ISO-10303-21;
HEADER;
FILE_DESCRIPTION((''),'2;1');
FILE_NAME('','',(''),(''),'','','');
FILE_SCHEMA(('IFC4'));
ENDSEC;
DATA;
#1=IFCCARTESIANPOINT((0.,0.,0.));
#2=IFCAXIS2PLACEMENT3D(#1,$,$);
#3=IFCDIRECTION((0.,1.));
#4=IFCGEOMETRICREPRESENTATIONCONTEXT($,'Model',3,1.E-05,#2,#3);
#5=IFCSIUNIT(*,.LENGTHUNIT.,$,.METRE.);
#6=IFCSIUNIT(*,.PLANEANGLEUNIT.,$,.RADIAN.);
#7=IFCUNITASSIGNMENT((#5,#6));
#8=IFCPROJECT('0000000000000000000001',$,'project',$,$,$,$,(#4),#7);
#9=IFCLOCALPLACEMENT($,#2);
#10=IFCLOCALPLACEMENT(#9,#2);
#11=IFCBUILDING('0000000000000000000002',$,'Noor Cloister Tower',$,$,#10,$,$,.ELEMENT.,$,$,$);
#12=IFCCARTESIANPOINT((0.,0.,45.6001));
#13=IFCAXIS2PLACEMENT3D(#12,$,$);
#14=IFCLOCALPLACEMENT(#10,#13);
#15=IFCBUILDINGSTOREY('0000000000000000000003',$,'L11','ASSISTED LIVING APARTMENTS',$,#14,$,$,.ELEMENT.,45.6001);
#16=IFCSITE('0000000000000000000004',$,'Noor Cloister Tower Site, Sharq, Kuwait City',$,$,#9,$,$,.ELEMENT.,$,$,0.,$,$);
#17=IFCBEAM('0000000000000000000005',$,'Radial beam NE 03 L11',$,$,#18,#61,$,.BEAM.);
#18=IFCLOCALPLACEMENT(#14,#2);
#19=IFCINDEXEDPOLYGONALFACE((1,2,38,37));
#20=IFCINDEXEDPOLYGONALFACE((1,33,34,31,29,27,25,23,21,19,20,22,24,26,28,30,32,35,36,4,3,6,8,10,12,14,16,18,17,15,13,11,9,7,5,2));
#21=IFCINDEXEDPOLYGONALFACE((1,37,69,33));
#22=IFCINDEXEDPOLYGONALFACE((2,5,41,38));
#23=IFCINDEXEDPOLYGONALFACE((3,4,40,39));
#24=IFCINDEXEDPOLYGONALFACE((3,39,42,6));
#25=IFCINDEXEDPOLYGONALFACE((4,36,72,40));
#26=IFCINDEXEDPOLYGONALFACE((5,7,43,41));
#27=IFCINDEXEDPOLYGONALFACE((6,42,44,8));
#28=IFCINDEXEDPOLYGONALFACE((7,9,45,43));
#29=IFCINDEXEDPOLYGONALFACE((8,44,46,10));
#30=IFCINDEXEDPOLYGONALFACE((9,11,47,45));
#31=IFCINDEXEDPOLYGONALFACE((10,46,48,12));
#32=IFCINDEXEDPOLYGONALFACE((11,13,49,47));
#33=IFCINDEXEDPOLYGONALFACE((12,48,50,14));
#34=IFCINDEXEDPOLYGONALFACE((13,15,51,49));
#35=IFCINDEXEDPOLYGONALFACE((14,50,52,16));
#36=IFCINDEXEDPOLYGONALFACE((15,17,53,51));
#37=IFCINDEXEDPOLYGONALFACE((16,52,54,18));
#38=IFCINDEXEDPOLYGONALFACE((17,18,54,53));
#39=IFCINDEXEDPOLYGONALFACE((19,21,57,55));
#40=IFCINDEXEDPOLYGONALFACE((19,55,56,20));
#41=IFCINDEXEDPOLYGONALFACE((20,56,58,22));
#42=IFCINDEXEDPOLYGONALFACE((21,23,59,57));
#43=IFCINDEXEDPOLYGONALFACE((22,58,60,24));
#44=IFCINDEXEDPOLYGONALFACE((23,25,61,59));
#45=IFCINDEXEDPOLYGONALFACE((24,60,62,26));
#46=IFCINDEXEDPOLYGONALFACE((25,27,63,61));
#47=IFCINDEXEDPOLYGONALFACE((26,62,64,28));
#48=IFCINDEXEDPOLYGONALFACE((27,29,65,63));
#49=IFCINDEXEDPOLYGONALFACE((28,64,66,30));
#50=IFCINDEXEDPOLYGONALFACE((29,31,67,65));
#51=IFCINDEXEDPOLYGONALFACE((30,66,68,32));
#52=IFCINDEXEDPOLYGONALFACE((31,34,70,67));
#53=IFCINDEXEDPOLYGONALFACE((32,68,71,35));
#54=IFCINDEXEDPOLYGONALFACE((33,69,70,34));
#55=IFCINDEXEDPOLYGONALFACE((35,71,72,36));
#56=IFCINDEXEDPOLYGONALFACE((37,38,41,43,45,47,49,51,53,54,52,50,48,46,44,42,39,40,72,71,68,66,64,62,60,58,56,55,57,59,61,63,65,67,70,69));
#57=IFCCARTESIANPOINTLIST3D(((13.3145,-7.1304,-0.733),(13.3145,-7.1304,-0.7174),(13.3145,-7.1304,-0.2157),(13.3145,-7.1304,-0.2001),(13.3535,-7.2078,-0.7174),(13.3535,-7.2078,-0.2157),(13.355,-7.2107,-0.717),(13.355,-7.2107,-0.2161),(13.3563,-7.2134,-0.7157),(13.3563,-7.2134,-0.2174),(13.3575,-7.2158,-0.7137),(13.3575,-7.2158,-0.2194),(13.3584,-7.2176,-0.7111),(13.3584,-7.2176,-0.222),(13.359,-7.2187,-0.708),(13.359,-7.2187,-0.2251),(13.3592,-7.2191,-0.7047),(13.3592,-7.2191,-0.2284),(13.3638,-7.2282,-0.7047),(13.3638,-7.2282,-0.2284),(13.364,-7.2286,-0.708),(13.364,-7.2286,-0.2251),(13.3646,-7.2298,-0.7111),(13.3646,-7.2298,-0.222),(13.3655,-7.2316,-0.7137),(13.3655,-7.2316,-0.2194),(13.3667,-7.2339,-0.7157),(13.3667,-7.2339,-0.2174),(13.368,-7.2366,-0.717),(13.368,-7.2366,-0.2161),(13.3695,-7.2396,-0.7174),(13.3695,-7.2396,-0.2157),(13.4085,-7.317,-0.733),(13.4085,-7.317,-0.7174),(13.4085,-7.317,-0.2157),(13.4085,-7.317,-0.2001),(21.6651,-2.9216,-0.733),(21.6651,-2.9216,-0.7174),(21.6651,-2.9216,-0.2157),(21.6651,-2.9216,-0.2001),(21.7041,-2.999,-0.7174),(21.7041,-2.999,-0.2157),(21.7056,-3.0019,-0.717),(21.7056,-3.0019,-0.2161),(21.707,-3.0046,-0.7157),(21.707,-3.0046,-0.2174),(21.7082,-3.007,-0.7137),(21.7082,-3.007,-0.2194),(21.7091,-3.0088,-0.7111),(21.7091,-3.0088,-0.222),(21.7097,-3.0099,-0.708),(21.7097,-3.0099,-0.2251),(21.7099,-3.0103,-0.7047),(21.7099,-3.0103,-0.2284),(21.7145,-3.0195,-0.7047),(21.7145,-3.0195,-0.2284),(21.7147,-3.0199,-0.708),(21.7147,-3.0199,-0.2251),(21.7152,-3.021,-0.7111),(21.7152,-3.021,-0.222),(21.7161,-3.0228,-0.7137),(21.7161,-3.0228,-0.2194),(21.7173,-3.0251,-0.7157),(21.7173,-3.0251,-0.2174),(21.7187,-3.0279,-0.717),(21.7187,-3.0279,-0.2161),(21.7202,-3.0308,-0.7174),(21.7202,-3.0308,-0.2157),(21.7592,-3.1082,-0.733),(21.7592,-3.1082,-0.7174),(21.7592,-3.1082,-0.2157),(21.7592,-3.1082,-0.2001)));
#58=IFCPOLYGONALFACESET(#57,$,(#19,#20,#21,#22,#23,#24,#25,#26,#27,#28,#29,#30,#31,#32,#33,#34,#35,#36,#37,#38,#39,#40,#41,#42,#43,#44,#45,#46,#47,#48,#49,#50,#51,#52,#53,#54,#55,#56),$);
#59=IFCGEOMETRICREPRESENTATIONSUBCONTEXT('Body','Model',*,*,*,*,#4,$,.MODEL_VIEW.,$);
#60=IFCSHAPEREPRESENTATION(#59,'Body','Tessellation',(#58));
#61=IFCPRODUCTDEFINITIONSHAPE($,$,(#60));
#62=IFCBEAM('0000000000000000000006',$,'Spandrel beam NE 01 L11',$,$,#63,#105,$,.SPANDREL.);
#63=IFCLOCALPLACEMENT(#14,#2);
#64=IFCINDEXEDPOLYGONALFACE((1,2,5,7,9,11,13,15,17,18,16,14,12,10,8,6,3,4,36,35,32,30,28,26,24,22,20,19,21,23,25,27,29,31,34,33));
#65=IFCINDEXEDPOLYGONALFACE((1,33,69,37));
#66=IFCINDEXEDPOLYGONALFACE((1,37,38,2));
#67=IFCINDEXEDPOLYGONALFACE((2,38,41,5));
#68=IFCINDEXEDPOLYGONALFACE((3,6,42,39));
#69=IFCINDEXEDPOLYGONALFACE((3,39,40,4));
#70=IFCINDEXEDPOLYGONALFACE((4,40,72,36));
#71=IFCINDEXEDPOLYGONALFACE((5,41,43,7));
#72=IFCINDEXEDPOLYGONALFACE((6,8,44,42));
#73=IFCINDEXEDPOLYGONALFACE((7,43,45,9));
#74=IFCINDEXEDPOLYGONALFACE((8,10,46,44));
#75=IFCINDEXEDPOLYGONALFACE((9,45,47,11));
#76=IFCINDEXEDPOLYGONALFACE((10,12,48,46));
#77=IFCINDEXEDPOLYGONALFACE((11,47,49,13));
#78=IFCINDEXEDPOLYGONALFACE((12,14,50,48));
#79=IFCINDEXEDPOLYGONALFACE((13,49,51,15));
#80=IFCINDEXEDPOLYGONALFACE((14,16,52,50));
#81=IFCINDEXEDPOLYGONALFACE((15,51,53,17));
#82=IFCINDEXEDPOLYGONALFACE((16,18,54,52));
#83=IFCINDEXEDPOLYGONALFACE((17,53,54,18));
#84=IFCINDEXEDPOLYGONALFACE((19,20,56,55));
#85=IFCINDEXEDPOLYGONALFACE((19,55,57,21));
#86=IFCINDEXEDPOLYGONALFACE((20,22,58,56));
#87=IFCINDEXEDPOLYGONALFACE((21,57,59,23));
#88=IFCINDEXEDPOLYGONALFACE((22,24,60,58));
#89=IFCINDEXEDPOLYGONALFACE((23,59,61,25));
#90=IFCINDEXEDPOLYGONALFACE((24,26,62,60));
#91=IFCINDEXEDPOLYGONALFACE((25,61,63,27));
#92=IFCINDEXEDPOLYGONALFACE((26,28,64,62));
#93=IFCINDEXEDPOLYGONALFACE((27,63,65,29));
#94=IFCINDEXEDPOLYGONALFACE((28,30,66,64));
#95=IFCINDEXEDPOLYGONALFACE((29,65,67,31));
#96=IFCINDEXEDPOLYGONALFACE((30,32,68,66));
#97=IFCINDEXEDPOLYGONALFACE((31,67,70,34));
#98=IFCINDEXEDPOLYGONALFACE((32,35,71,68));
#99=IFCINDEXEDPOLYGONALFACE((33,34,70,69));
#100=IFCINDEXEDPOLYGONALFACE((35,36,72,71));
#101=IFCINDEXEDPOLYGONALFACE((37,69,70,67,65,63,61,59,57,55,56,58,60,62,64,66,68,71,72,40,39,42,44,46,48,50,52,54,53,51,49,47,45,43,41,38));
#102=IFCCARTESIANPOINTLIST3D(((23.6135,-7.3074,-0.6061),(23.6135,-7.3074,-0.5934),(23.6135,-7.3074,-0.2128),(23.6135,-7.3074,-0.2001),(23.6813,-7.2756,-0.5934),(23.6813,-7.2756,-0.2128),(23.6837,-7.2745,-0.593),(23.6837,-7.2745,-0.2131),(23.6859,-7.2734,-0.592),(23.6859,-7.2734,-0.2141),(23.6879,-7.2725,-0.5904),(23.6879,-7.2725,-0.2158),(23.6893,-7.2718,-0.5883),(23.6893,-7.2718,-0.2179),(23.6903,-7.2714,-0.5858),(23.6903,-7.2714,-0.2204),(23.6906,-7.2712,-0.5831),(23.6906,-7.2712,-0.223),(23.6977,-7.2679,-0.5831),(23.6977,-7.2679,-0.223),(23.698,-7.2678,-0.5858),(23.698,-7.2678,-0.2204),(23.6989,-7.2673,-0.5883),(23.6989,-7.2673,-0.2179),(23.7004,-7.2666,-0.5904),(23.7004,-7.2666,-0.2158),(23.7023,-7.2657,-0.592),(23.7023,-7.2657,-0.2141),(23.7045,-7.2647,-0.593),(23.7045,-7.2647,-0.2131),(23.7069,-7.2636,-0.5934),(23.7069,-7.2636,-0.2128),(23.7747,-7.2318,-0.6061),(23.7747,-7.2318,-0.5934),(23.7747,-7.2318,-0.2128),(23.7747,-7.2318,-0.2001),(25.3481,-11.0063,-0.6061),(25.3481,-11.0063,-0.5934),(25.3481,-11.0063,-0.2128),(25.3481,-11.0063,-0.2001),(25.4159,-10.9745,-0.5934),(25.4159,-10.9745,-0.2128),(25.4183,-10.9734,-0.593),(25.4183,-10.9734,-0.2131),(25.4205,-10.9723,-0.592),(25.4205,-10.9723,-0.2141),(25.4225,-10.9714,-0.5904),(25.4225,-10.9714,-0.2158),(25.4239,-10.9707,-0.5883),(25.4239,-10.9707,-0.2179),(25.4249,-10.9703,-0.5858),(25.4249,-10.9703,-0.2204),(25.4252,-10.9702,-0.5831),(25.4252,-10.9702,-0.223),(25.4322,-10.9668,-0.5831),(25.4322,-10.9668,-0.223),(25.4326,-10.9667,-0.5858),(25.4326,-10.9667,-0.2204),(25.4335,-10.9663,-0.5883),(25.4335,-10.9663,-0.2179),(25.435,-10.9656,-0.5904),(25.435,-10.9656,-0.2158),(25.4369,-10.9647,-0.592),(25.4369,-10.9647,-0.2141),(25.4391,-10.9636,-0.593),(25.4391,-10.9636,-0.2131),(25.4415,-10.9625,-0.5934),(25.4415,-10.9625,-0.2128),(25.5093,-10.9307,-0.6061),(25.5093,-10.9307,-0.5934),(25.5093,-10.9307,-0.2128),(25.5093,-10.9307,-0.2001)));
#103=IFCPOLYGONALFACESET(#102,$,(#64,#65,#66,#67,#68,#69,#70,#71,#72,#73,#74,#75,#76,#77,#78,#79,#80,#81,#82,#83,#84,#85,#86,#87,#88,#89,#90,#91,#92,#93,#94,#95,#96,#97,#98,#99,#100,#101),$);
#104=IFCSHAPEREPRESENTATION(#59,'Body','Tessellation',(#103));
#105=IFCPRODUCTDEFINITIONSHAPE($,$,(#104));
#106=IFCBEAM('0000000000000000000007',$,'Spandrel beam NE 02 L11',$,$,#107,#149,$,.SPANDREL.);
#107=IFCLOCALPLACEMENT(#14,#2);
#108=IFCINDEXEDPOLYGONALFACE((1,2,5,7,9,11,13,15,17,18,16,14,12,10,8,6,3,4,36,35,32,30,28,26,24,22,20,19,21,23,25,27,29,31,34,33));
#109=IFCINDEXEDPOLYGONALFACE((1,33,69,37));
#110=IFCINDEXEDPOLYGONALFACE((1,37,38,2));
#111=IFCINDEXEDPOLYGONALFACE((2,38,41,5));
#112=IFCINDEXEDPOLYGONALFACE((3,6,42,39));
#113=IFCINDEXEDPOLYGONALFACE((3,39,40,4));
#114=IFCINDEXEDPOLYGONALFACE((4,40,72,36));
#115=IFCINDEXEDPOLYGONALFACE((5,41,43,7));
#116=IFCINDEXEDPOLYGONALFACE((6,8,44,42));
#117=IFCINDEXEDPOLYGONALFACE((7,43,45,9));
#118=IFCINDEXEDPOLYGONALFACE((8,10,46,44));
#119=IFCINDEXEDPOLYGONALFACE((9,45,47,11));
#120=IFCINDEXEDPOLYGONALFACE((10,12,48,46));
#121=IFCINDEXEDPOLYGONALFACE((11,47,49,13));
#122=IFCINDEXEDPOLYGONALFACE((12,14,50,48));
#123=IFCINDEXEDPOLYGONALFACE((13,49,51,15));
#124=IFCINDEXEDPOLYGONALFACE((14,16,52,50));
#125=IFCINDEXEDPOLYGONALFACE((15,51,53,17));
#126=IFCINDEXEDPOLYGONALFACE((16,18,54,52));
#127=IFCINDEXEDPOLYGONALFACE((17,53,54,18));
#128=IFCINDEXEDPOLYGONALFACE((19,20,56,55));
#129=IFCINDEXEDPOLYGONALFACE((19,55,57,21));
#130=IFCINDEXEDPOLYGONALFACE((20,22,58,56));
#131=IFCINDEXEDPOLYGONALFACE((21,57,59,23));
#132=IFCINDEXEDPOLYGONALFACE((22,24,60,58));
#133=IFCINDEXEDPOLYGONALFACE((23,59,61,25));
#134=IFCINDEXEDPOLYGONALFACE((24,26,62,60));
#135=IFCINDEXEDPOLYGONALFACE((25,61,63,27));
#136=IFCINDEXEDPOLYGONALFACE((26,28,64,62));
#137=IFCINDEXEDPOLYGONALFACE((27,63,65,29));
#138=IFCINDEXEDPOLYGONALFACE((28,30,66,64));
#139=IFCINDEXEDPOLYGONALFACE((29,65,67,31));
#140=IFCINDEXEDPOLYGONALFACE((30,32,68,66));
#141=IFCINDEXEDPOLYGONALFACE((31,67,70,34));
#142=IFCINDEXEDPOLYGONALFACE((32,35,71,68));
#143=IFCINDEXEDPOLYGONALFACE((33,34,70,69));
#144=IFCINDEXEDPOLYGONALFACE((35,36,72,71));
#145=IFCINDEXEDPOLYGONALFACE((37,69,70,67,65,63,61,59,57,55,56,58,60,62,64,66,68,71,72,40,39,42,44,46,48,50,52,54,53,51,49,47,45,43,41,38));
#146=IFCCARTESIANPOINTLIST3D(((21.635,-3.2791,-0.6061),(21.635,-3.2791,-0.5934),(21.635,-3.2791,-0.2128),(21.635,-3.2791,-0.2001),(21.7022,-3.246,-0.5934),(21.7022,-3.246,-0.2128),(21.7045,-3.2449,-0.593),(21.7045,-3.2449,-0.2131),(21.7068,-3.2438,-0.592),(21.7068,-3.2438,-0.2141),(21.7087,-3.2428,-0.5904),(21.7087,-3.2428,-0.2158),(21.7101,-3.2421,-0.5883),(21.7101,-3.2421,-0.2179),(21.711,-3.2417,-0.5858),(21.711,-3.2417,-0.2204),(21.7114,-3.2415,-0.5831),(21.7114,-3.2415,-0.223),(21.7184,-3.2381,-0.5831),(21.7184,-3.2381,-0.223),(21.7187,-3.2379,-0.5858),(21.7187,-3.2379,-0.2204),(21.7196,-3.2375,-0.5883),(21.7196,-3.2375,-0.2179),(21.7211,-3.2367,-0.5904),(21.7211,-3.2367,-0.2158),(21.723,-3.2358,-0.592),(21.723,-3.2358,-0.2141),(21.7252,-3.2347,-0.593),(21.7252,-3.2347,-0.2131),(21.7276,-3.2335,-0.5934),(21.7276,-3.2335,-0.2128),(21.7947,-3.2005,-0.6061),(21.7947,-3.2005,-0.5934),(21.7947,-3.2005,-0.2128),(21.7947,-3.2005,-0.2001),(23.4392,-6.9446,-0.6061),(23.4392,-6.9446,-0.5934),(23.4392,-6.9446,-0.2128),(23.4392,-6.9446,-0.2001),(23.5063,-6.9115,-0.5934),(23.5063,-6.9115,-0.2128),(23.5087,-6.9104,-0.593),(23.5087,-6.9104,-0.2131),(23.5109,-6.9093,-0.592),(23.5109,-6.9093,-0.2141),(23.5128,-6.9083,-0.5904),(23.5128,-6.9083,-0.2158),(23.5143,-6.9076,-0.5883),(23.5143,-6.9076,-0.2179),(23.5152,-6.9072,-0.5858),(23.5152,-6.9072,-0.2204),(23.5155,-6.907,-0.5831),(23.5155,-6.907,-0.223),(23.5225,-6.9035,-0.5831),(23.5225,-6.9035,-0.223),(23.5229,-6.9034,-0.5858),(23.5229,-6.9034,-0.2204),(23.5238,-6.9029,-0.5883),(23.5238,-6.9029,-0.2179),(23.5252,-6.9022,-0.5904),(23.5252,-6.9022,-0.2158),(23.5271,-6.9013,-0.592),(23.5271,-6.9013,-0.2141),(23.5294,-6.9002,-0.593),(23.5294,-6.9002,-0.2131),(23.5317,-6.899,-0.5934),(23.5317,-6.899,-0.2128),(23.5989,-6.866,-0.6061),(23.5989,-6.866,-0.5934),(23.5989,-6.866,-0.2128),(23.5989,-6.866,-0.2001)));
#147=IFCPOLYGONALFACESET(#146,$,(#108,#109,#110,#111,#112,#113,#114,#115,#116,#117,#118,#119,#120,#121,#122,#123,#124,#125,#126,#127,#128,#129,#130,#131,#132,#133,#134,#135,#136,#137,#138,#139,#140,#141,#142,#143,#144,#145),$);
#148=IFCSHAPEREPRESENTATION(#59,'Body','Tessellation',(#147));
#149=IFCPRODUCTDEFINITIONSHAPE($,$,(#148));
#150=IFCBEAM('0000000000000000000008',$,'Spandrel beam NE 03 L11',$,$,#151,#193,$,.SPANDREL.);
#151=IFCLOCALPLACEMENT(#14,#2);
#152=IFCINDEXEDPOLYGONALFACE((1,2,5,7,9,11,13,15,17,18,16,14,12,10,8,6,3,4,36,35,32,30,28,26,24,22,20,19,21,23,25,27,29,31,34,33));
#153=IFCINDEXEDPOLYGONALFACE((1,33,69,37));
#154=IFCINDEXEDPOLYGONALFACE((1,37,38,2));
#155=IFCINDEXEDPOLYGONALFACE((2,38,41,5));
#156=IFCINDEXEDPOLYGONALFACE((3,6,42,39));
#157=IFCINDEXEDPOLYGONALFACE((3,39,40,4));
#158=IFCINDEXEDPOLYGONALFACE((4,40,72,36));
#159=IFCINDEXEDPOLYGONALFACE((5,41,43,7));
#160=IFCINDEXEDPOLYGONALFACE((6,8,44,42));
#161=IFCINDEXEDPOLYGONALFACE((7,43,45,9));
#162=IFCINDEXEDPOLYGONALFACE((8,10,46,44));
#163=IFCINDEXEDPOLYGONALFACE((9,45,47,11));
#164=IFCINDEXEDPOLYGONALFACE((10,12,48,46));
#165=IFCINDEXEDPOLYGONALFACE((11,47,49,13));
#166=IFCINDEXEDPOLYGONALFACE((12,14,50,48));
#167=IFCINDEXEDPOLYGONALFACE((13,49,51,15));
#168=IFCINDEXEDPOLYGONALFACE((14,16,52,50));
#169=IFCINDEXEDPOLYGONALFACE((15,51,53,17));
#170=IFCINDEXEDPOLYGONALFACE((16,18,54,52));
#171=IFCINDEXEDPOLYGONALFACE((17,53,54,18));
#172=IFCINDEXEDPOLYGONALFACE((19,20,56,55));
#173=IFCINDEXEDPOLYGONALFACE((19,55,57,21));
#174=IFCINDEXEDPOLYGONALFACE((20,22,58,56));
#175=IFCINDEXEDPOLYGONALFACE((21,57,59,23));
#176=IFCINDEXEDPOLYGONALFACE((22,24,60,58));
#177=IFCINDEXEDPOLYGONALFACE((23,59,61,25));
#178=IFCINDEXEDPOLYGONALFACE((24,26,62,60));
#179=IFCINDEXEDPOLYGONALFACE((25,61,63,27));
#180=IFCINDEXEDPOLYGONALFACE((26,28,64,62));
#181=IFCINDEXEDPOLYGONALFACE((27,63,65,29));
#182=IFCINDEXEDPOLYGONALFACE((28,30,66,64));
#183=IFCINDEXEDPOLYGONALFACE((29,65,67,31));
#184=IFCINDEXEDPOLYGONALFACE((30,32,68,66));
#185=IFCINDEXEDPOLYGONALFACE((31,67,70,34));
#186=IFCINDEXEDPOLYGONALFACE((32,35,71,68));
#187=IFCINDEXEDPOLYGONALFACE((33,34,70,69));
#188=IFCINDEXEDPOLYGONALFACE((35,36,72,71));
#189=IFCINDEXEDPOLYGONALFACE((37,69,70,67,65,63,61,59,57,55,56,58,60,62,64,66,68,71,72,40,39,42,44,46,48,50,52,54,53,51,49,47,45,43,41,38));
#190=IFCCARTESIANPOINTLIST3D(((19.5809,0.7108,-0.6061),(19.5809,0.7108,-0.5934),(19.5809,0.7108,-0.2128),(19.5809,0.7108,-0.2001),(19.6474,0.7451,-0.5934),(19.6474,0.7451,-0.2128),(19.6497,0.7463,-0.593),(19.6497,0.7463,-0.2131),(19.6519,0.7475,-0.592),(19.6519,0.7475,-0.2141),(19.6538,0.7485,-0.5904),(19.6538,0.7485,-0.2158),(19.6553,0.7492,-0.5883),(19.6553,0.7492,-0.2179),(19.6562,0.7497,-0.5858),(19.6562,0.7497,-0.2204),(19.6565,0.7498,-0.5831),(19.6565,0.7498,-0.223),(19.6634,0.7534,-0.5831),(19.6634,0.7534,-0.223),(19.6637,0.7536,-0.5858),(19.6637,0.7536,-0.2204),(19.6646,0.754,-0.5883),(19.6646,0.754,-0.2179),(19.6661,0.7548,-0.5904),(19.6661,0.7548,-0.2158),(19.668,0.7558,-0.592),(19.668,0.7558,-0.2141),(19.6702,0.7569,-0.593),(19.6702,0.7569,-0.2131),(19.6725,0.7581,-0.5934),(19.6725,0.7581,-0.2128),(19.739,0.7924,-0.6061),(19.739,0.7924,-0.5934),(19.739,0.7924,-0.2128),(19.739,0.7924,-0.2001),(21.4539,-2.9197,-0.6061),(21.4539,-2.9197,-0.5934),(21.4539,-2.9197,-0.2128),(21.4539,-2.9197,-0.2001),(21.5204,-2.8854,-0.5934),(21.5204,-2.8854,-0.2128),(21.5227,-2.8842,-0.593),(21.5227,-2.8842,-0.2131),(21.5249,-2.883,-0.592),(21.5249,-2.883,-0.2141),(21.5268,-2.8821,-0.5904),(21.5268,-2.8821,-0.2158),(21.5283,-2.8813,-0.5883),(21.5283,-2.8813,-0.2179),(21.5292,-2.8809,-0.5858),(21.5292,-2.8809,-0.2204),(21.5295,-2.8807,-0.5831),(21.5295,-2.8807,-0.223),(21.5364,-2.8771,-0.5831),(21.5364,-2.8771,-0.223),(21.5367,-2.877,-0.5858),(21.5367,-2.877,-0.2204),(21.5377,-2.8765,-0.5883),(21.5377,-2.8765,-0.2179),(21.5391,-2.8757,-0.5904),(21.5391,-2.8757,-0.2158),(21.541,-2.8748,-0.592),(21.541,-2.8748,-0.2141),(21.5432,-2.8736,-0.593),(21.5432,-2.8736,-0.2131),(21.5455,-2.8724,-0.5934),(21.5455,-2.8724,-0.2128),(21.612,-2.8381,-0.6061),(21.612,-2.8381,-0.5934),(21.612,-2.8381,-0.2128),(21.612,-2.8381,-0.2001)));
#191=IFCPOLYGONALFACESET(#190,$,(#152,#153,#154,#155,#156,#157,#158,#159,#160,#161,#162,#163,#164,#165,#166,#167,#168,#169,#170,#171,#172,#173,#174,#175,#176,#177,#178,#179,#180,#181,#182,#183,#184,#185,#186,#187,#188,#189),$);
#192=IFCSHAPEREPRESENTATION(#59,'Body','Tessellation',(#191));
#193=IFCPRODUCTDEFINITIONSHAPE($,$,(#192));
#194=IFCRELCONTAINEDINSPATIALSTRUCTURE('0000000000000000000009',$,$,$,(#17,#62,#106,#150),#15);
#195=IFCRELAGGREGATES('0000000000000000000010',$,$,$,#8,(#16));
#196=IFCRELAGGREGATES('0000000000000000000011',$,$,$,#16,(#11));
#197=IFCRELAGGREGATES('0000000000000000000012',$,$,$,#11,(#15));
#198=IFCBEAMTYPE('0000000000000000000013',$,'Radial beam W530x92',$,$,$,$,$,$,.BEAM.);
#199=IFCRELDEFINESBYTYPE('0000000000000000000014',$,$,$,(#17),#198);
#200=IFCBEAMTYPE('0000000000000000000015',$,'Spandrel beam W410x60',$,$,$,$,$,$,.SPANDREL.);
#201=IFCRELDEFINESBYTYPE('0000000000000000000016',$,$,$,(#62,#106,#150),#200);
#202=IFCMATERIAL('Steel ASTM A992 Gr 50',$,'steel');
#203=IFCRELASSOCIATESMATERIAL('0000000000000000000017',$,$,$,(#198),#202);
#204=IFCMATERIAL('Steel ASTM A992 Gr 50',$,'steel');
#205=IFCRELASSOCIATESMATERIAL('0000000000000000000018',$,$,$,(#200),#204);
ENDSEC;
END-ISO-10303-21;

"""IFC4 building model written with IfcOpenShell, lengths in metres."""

from ifc_helpers import new_model, si_unit, direction, frame, origin, origin_2d, place, context, subcontext, project, spatial, i_section, extrude, material, material_profile, profile_set, type_object, element, save


model = new_model("IFC4")

# Units and contexts
model_context = context("Model", 3, precision=1e-05, world=origin(), true_north=direction((0.0, 1.0)))
body_context = subcontext(model_context, "Body", "Model", "MODEL_VIEW")
ifc_project = project(units=[si_unit("LENGTHUNIT", "METRE"), si_unit("PLANEANGLEUNIT", "RADIAN")], contexts=[model_context])

# Site, building, storey
site_placement = place(None, origin())
site = spatial("IfcSite", under=ifc_project, at=site_placement, Name="Noor Cloister Tower Site, Sharq, Kuwait City", CompositionType="ELEMENT", RefElevation=0.0)
building_placement = place(site_placement, origin())
building = spatial("IfcBuilding", under=site, at=building_placement, Name="Noor Cloister Tower", CompositionType="ELEMENT")
storey_placement = place(building_placement, frame((0.0, 0.0, 45.6001)))
storey = spatial("IfcBuildingStorey", under=building, at=storey_placement, Name="L11", Description="ASSISTED LIVING APARTMENTS", CompositionType="ELEMENT", Elevation=45.6001)

# Beams
ifc_material_1 = material(Name="Steel ASTM A992 Gr 50", Category="steel")
ifc_material_profile_1 = material_profile(ifc_material_1, i_section(OverallWidth=0.209, OverallDepth=0.533, WebThickness=0.0103, FlangeThickness=0.0156, FilletRadius=0.0127, at=origin_2d()), Name="W530x92")
ifc_profile_set_1 = profile_set([ifc_material_profile_1], Name="Steel ASTM A992 Gr 50")
beam_type_1 = type_object("IfcBeamType", Name="Radial beam W530x92", PredefinedType="BEAM", material=ifc_profile_set_1)
beam_1_placement = place(storey_placement, frame((21.7122, -3.0149, -0.4666), z_axis=(-0.892992, -0.450073, 0.0), x_axis=(0.450073, -0.892992, 0.0)))
element("IfcBeam", 1, at=beam_1_placement, inside=storey, type_object=beam_type_1, Name="Radial beam NE 03 L11", PredefinedType="BEAM", context=body_context, shape_type="SweptSolid", body=[
    extrude(i_section(OverallWidth=0.209, OverallDepth=0.533, WebThickness=0.0103, FlangeThickness=0.0156, FilletRadius=0.0127, at=origin_2d()), origin(), (0.0, 0.0, 1.0), 9.3513),
])
ifc_material_2 = material(Name="Steel ASTM A992 Gr 50", Category="steel")
ifc_material_profile_2 = material_profile(ifc_material_2, i_section(OverallWidth=0.178, OverallDepth=0.406, WebThickness=0.0078, FlangeThickness=0.0127, FilletRadius=0.0103, at=origin_2d()), Name="W410x60")
ifc_profile_set_2 = profile_set([ifc_material_profile_2], Name="Steel ASTM A992 Gr 50")
beam_type_2 = type_object("IfcBeamType", Name="Spandrel beam W410x60", PredefinedType="SPANDREL", material=ifc_profile_set_2)
for number, where, z_axis, x_axis, name in (
    (2, (25.4287, -10.9685, -0.4031), (-0.424579, 0.905391, 0.0), (-0.905391, -0.424579, 0.0), "Spandrel beam NE 01 L11"),
    (3, (23.519, -6.9053, -0.4031), (-0.441612, 0.897206, 0.0), (-0.897206, -0.441612, 0.0), "Spandrel beam NE 02 L11"),
):
    element("IfcBeam", number, at=place(storey_placement, frame(where, z_axis=z_axis, x_axis=x_axis)), inside=storey, type_object=beam_type_2, Name=name, PredefinedType="SPANDREL", context=body_context, shape_type="SweptSolid", body=[
        extrude(i_section(OverallWidth=0.178, OverallDepth=0.406, WebThickness=0.0078, FlangeThickness=0.0127, FilletRadius=0.0103, at=origin_2d()), origin(), (0.0, 0.0, 1.0), 4.0854),
    ])
beam_2_placement = place(storey_placement, frame((21.533, -2.8789, -0.4031), z_axis=(-0.458485, 0.888702, 0.0), x_axis=(-0.888702, -0.458485, 0.0)))
element("IfcBeam", 4, at=beam_2_placement, inside=storey, type_object=beam_type_2, Name="Spandrel beam NE 03 L11", PredefinedType="SPANDREL", context=body_context, shape_type="SweptSolid", body=[
    extrude(i_section(OverallWidth=0.178, OverallDepth=0.406, WebThickness=0.0078, FlangeThickness=0.0127, FilletRadius=0.0103, at=origin_2d()), origin(), (0.0, 0.0, 1.0), 4.0852),
])

save(model, "model.ifc")
